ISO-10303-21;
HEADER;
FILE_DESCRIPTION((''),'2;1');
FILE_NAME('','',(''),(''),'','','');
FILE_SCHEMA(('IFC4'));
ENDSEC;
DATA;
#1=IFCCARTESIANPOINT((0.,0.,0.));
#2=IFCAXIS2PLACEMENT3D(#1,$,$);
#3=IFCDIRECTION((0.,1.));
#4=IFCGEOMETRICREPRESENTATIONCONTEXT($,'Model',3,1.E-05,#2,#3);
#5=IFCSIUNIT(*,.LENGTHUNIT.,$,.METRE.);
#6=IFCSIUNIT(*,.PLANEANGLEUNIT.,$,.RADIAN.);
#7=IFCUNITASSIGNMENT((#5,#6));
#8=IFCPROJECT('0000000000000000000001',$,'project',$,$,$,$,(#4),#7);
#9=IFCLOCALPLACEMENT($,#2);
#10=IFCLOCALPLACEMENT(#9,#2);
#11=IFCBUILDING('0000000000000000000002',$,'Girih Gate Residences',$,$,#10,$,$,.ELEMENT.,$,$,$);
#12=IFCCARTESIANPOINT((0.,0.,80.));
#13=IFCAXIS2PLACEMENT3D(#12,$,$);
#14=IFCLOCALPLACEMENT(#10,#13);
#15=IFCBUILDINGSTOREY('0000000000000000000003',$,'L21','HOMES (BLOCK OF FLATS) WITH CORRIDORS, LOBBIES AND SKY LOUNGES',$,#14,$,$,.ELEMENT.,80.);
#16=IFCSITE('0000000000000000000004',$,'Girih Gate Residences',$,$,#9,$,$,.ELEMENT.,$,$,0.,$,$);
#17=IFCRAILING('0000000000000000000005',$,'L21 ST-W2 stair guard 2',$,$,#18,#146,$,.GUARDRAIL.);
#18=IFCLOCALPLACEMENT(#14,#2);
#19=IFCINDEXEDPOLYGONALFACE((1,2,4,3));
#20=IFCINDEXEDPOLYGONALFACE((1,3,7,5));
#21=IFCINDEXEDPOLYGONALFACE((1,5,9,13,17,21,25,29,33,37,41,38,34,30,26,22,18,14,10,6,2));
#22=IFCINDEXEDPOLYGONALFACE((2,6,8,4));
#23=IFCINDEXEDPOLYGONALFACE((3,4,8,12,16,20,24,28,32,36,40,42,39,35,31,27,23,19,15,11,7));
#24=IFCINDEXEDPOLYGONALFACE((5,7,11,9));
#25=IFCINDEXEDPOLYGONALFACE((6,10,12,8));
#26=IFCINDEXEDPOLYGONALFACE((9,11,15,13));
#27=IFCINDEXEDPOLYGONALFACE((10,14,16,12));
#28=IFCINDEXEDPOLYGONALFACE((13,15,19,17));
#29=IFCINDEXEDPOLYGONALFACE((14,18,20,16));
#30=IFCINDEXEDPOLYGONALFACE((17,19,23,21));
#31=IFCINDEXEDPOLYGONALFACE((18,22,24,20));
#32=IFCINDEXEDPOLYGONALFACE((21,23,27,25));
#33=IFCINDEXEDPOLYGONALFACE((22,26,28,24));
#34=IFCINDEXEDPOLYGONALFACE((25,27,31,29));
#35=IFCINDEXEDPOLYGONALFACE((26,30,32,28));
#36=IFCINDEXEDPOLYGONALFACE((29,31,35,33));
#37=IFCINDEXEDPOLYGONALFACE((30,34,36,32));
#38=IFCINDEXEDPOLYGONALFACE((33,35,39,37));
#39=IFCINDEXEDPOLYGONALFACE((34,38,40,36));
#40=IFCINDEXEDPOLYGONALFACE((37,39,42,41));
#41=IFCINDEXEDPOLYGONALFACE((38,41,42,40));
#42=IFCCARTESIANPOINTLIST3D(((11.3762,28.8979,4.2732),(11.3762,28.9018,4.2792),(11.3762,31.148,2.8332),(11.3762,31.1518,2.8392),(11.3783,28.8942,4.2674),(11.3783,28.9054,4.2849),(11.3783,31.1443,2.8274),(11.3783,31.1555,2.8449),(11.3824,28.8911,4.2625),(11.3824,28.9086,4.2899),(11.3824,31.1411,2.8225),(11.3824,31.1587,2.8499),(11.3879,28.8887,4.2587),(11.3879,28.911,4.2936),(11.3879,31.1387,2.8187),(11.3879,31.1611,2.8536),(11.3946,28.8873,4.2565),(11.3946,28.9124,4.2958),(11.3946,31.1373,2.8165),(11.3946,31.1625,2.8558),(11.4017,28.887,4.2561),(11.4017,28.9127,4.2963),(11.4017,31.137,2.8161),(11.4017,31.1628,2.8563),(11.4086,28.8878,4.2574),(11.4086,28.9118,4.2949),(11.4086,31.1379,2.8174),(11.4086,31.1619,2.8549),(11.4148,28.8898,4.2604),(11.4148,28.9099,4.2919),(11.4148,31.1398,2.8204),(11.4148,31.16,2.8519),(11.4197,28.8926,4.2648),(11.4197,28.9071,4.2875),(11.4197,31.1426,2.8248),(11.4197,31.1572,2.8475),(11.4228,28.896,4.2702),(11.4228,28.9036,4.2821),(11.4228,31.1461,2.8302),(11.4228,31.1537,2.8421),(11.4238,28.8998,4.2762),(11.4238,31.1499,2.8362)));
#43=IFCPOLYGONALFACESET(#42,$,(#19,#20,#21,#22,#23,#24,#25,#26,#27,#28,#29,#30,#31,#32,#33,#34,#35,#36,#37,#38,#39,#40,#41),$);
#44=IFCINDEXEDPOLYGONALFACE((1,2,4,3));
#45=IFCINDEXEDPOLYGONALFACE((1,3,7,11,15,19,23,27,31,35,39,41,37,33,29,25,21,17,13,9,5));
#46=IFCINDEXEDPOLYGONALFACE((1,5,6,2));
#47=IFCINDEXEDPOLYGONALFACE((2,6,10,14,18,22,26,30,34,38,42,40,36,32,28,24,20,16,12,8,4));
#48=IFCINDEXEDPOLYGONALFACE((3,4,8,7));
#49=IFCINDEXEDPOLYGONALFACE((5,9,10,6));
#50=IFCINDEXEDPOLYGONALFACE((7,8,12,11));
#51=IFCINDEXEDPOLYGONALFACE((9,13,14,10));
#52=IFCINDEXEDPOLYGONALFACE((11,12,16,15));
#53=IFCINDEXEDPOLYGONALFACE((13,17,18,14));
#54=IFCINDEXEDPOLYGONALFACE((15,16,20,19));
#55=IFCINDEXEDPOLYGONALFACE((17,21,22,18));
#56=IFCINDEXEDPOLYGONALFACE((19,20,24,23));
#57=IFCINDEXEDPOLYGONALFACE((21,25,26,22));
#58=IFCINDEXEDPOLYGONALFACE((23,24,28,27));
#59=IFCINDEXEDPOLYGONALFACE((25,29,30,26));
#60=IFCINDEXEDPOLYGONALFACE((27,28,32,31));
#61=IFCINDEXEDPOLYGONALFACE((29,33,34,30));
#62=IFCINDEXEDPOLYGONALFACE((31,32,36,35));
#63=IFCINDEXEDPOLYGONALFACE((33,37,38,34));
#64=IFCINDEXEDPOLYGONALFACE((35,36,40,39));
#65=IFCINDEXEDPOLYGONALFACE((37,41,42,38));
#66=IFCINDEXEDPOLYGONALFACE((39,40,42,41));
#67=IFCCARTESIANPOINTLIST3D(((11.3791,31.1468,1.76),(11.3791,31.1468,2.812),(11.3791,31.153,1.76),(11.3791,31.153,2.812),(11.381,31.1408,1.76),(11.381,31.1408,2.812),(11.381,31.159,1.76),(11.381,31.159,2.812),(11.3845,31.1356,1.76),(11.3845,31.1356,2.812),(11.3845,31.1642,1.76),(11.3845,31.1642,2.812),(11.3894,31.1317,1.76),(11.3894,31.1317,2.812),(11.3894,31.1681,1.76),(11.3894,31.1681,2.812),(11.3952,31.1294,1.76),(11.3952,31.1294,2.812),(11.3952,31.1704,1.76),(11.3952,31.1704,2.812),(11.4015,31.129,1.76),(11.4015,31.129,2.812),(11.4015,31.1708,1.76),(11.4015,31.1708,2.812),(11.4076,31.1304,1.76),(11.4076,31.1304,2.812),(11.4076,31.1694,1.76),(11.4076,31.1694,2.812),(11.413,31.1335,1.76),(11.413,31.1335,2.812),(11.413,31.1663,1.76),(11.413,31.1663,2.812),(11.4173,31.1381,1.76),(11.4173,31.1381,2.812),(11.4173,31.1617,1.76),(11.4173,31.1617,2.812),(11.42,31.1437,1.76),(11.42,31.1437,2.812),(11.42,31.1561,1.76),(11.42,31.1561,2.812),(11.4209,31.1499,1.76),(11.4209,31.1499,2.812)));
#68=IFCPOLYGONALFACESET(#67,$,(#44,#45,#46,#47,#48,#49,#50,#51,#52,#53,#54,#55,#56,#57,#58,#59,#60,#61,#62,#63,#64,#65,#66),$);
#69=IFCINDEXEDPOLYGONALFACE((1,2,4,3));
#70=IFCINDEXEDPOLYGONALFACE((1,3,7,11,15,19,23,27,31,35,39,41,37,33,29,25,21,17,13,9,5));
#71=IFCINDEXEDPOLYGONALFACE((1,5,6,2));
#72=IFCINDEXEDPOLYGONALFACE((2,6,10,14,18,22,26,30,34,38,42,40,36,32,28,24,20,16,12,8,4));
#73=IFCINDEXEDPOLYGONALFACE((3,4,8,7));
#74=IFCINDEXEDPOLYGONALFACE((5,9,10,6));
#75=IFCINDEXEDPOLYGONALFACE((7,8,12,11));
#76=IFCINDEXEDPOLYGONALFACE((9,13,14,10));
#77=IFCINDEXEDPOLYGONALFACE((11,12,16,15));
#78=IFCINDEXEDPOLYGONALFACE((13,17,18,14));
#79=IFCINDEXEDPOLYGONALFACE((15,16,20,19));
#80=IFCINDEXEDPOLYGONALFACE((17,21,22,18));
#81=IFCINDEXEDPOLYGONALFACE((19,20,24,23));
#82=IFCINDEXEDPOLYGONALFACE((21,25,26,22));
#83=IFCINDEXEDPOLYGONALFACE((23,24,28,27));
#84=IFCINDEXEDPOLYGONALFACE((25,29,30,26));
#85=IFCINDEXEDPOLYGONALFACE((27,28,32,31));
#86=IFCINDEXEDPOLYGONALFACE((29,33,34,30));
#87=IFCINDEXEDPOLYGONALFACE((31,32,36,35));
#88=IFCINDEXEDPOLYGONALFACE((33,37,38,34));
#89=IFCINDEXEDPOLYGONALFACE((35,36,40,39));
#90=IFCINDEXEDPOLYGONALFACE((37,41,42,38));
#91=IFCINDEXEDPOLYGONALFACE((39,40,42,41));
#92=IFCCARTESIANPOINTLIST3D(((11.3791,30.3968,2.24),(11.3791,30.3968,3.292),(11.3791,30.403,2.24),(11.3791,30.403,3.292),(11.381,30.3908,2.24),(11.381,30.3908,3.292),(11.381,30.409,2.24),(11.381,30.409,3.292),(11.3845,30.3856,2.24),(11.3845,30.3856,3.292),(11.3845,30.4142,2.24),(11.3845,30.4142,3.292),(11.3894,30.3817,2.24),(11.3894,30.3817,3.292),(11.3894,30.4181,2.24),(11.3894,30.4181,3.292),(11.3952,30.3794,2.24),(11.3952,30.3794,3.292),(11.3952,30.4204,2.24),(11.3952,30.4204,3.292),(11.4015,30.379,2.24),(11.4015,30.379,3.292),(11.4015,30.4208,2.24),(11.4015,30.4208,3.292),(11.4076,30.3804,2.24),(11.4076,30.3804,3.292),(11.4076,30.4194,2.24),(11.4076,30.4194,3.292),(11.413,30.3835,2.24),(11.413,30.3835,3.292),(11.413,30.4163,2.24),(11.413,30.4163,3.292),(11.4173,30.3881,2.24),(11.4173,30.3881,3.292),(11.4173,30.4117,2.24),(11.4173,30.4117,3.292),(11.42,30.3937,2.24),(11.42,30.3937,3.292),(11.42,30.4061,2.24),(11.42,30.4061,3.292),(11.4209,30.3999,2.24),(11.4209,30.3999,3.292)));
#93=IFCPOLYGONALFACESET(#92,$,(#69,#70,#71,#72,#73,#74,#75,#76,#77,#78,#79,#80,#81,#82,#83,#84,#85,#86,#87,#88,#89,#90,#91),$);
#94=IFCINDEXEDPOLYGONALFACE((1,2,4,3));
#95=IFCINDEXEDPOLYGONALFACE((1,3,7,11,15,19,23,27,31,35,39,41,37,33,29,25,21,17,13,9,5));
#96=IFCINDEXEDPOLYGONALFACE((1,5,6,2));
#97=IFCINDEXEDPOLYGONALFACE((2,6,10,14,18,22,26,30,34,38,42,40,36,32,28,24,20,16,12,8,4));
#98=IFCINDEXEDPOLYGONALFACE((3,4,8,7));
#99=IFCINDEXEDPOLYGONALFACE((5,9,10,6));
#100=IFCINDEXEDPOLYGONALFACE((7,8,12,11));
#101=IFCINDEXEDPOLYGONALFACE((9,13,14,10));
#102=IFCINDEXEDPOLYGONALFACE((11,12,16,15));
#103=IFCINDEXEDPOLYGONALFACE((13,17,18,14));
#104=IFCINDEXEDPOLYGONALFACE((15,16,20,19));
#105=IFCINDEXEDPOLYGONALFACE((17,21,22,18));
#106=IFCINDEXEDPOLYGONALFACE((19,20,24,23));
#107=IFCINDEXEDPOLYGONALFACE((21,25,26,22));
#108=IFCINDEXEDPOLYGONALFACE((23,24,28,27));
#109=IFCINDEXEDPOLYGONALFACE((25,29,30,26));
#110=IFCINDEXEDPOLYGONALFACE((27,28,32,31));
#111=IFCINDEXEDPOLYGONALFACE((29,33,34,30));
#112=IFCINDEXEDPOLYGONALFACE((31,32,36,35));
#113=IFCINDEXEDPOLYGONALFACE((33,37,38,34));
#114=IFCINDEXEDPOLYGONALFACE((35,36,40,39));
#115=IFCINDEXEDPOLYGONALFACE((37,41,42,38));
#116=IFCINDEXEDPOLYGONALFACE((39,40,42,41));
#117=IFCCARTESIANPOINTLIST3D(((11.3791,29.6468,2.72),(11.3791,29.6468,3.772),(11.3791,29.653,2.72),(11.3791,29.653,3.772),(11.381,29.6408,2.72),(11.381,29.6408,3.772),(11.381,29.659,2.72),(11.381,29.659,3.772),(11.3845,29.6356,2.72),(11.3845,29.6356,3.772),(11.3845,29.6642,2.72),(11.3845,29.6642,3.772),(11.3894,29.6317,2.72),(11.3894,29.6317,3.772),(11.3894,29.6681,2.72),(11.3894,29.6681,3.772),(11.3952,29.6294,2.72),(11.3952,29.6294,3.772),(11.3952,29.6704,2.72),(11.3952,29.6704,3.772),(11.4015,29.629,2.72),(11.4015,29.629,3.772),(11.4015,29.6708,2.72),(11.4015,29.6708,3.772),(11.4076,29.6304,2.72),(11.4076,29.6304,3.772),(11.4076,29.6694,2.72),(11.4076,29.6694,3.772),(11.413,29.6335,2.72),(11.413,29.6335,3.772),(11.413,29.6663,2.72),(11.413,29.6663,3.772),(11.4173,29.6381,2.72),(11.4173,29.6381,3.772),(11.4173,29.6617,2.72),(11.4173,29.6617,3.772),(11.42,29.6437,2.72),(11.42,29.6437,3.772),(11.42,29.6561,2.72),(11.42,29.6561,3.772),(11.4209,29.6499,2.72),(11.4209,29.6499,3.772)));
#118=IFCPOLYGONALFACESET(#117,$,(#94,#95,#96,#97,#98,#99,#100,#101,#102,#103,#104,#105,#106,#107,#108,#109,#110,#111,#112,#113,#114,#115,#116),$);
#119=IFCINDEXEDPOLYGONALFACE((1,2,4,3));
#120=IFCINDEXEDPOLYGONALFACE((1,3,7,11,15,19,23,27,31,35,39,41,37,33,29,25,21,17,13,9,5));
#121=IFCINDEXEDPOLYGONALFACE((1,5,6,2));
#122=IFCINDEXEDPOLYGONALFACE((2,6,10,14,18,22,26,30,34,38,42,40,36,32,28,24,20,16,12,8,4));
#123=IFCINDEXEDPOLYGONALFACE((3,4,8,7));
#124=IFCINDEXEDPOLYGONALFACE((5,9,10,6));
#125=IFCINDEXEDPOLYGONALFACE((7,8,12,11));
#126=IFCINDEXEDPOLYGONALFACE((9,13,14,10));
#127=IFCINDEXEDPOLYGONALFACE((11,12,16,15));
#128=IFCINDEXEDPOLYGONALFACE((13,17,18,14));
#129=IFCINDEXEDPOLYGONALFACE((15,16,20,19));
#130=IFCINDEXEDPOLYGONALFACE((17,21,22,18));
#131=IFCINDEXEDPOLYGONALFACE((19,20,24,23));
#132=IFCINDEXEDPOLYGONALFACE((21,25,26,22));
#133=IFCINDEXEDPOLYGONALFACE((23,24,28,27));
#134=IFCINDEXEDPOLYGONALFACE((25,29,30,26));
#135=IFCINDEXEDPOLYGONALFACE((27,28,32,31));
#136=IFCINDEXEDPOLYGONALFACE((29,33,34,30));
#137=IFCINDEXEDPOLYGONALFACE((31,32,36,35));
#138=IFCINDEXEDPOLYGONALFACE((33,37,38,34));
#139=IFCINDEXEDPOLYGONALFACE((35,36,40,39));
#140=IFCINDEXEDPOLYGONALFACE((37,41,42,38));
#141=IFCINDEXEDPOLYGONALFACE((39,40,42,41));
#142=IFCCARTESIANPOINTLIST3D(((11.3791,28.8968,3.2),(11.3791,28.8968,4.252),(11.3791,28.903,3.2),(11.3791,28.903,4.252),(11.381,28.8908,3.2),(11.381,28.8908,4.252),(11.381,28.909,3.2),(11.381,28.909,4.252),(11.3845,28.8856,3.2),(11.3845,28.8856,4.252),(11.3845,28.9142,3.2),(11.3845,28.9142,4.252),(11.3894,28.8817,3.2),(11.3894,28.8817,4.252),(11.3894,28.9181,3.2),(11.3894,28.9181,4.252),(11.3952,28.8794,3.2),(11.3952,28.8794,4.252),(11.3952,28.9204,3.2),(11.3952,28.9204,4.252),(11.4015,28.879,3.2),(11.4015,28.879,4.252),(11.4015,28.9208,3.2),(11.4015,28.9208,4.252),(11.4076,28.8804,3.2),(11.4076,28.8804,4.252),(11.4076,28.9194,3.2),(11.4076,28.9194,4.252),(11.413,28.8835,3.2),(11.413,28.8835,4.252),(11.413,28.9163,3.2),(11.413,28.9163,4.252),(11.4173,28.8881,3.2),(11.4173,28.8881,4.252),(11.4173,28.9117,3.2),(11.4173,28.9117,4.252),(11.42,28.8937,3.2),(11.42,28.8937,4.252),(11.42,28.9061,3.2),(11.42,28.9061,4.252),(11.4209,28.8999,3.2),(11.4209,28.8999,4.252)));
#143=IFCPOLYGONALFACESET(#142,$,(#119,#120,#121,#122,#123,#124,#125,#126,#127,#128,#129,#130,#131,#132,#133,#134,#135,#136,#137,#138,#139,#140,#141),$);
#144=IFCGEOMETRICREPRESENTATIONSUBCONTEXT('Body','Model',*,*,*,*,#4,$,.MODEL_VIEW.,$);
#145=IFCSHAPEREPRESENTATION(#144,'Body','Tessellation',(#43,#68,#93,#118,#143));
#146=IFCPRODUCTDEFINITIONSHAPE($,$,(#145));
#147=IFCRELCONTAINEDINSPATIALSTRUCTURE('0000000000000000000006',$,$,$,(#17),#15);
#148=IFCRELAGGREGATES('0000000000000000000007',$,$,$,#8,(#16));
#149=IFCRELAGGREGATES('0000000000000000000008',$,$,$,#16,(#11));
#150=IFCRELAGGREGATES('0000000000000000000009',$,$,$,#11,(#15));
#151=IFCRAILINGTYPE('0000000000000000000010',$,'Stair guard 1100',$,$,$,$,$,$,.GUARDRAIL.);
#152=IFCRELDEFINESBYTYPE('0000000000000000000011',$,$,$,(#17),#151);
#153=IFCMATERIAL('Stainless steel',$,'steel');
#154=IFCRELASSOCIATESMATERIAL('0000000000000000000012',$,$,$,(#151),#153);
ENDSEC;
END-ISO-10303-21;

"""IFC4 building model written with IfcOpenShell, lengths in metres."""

from ifc_helpers import new_model, si_unit, direction, frame, origin, origin_2d, place, context, subcontext, project, spatial, circle, extrude, material, type_object, element, save


model = new_model("IFC4")

# Units and contexts
model_context = context("Model", 3, precision=1e-05, world=origin(), true_north=direction((0.0, 1.0)))
body_context = subcontext(model_context, "Body", "Model", "MODEL_VIEW")
ifc_project = project(units=[si_unit("LENGTHUNIT", "METRE"), si_unit("PLANEANGLEUNIT", "RADIAN")], contexts=[model_context])

# Site, building, storey
site_placement = place(None, origin())
site = spatial("IfcSite", under=ifc_project, at=site_placement, Name="Girih Gate Residences", CompositionType="ELEMENT", RefElevation=0.0)
building_placement = place(site_placement, origin())
building = spatial("IfcBuilding", under=site, at=building_placement, Name="Girih Gate Residences", CompositionType="ELEMENT")
storey_placement = place(building_placement, frame((0.0, 0.0, 80.0)))
storey = spatial("IfcBuildingStorey", under=building, at=storey_placement, Name="L21", Description="HOMES (BLOCK OF FLATS) WITH CORRIDORS, LOBBIES AND SKY LOUNGES", CompositionType="ELEMENT", Elevation=80.0)

# Railing
ifc_material_1 = material(Name="Stainless steel", Category="steel")
railing_type_1 = type_object("IfcRailingType", Name="Stair guard 1100", PredefinedType="GUARDRAIL", material=ifc_material_1)
railing_1_placement = place(storey_placement, frame((11.3999, 31.1499, 1.76)))
element("IfcRailing", 1, at=railing_1_placement, inside=storey, type_object=railing_type_1, Name="L21 ST-W2 stair guard 2", PredefinedType="GUARDRAIL", context=body_context, shape_type="SweptSolid", body=[
    extrude(circle(Radius=0.0239, at=origin_2d()), frame((0.0, 0.0, 1.0762), z_axis=(0.0, -0.842281, 0.539038), x_axis=(1.0, 0.0, 0.0)), (0.0, 0.0, 1.0), 2.6714),
    extrude(circle(Radius=0.021, at=origin_2d()), origin(), (0.0, 0.0, 1.0), 1.052),
    extrude(circle(Radius=0.021, at=origin_2d()), frame((0.0, -0.75, 0.48)), (0.0, 0.0, 1.0), 1.052),
    extrude(circle(Radius=0.021, at=origin_2d()), frame((0.0, -1.5, 0.96)), (0.0, 0.0, 1.0), 1.052),
    extrude(circle(Radius=0.021, at=origin_2d()), frame((0.0, -2.25, 1.4399)), (0.0, 0.0, 1.0), 1.052),
])

save(model, "model.ifc")
